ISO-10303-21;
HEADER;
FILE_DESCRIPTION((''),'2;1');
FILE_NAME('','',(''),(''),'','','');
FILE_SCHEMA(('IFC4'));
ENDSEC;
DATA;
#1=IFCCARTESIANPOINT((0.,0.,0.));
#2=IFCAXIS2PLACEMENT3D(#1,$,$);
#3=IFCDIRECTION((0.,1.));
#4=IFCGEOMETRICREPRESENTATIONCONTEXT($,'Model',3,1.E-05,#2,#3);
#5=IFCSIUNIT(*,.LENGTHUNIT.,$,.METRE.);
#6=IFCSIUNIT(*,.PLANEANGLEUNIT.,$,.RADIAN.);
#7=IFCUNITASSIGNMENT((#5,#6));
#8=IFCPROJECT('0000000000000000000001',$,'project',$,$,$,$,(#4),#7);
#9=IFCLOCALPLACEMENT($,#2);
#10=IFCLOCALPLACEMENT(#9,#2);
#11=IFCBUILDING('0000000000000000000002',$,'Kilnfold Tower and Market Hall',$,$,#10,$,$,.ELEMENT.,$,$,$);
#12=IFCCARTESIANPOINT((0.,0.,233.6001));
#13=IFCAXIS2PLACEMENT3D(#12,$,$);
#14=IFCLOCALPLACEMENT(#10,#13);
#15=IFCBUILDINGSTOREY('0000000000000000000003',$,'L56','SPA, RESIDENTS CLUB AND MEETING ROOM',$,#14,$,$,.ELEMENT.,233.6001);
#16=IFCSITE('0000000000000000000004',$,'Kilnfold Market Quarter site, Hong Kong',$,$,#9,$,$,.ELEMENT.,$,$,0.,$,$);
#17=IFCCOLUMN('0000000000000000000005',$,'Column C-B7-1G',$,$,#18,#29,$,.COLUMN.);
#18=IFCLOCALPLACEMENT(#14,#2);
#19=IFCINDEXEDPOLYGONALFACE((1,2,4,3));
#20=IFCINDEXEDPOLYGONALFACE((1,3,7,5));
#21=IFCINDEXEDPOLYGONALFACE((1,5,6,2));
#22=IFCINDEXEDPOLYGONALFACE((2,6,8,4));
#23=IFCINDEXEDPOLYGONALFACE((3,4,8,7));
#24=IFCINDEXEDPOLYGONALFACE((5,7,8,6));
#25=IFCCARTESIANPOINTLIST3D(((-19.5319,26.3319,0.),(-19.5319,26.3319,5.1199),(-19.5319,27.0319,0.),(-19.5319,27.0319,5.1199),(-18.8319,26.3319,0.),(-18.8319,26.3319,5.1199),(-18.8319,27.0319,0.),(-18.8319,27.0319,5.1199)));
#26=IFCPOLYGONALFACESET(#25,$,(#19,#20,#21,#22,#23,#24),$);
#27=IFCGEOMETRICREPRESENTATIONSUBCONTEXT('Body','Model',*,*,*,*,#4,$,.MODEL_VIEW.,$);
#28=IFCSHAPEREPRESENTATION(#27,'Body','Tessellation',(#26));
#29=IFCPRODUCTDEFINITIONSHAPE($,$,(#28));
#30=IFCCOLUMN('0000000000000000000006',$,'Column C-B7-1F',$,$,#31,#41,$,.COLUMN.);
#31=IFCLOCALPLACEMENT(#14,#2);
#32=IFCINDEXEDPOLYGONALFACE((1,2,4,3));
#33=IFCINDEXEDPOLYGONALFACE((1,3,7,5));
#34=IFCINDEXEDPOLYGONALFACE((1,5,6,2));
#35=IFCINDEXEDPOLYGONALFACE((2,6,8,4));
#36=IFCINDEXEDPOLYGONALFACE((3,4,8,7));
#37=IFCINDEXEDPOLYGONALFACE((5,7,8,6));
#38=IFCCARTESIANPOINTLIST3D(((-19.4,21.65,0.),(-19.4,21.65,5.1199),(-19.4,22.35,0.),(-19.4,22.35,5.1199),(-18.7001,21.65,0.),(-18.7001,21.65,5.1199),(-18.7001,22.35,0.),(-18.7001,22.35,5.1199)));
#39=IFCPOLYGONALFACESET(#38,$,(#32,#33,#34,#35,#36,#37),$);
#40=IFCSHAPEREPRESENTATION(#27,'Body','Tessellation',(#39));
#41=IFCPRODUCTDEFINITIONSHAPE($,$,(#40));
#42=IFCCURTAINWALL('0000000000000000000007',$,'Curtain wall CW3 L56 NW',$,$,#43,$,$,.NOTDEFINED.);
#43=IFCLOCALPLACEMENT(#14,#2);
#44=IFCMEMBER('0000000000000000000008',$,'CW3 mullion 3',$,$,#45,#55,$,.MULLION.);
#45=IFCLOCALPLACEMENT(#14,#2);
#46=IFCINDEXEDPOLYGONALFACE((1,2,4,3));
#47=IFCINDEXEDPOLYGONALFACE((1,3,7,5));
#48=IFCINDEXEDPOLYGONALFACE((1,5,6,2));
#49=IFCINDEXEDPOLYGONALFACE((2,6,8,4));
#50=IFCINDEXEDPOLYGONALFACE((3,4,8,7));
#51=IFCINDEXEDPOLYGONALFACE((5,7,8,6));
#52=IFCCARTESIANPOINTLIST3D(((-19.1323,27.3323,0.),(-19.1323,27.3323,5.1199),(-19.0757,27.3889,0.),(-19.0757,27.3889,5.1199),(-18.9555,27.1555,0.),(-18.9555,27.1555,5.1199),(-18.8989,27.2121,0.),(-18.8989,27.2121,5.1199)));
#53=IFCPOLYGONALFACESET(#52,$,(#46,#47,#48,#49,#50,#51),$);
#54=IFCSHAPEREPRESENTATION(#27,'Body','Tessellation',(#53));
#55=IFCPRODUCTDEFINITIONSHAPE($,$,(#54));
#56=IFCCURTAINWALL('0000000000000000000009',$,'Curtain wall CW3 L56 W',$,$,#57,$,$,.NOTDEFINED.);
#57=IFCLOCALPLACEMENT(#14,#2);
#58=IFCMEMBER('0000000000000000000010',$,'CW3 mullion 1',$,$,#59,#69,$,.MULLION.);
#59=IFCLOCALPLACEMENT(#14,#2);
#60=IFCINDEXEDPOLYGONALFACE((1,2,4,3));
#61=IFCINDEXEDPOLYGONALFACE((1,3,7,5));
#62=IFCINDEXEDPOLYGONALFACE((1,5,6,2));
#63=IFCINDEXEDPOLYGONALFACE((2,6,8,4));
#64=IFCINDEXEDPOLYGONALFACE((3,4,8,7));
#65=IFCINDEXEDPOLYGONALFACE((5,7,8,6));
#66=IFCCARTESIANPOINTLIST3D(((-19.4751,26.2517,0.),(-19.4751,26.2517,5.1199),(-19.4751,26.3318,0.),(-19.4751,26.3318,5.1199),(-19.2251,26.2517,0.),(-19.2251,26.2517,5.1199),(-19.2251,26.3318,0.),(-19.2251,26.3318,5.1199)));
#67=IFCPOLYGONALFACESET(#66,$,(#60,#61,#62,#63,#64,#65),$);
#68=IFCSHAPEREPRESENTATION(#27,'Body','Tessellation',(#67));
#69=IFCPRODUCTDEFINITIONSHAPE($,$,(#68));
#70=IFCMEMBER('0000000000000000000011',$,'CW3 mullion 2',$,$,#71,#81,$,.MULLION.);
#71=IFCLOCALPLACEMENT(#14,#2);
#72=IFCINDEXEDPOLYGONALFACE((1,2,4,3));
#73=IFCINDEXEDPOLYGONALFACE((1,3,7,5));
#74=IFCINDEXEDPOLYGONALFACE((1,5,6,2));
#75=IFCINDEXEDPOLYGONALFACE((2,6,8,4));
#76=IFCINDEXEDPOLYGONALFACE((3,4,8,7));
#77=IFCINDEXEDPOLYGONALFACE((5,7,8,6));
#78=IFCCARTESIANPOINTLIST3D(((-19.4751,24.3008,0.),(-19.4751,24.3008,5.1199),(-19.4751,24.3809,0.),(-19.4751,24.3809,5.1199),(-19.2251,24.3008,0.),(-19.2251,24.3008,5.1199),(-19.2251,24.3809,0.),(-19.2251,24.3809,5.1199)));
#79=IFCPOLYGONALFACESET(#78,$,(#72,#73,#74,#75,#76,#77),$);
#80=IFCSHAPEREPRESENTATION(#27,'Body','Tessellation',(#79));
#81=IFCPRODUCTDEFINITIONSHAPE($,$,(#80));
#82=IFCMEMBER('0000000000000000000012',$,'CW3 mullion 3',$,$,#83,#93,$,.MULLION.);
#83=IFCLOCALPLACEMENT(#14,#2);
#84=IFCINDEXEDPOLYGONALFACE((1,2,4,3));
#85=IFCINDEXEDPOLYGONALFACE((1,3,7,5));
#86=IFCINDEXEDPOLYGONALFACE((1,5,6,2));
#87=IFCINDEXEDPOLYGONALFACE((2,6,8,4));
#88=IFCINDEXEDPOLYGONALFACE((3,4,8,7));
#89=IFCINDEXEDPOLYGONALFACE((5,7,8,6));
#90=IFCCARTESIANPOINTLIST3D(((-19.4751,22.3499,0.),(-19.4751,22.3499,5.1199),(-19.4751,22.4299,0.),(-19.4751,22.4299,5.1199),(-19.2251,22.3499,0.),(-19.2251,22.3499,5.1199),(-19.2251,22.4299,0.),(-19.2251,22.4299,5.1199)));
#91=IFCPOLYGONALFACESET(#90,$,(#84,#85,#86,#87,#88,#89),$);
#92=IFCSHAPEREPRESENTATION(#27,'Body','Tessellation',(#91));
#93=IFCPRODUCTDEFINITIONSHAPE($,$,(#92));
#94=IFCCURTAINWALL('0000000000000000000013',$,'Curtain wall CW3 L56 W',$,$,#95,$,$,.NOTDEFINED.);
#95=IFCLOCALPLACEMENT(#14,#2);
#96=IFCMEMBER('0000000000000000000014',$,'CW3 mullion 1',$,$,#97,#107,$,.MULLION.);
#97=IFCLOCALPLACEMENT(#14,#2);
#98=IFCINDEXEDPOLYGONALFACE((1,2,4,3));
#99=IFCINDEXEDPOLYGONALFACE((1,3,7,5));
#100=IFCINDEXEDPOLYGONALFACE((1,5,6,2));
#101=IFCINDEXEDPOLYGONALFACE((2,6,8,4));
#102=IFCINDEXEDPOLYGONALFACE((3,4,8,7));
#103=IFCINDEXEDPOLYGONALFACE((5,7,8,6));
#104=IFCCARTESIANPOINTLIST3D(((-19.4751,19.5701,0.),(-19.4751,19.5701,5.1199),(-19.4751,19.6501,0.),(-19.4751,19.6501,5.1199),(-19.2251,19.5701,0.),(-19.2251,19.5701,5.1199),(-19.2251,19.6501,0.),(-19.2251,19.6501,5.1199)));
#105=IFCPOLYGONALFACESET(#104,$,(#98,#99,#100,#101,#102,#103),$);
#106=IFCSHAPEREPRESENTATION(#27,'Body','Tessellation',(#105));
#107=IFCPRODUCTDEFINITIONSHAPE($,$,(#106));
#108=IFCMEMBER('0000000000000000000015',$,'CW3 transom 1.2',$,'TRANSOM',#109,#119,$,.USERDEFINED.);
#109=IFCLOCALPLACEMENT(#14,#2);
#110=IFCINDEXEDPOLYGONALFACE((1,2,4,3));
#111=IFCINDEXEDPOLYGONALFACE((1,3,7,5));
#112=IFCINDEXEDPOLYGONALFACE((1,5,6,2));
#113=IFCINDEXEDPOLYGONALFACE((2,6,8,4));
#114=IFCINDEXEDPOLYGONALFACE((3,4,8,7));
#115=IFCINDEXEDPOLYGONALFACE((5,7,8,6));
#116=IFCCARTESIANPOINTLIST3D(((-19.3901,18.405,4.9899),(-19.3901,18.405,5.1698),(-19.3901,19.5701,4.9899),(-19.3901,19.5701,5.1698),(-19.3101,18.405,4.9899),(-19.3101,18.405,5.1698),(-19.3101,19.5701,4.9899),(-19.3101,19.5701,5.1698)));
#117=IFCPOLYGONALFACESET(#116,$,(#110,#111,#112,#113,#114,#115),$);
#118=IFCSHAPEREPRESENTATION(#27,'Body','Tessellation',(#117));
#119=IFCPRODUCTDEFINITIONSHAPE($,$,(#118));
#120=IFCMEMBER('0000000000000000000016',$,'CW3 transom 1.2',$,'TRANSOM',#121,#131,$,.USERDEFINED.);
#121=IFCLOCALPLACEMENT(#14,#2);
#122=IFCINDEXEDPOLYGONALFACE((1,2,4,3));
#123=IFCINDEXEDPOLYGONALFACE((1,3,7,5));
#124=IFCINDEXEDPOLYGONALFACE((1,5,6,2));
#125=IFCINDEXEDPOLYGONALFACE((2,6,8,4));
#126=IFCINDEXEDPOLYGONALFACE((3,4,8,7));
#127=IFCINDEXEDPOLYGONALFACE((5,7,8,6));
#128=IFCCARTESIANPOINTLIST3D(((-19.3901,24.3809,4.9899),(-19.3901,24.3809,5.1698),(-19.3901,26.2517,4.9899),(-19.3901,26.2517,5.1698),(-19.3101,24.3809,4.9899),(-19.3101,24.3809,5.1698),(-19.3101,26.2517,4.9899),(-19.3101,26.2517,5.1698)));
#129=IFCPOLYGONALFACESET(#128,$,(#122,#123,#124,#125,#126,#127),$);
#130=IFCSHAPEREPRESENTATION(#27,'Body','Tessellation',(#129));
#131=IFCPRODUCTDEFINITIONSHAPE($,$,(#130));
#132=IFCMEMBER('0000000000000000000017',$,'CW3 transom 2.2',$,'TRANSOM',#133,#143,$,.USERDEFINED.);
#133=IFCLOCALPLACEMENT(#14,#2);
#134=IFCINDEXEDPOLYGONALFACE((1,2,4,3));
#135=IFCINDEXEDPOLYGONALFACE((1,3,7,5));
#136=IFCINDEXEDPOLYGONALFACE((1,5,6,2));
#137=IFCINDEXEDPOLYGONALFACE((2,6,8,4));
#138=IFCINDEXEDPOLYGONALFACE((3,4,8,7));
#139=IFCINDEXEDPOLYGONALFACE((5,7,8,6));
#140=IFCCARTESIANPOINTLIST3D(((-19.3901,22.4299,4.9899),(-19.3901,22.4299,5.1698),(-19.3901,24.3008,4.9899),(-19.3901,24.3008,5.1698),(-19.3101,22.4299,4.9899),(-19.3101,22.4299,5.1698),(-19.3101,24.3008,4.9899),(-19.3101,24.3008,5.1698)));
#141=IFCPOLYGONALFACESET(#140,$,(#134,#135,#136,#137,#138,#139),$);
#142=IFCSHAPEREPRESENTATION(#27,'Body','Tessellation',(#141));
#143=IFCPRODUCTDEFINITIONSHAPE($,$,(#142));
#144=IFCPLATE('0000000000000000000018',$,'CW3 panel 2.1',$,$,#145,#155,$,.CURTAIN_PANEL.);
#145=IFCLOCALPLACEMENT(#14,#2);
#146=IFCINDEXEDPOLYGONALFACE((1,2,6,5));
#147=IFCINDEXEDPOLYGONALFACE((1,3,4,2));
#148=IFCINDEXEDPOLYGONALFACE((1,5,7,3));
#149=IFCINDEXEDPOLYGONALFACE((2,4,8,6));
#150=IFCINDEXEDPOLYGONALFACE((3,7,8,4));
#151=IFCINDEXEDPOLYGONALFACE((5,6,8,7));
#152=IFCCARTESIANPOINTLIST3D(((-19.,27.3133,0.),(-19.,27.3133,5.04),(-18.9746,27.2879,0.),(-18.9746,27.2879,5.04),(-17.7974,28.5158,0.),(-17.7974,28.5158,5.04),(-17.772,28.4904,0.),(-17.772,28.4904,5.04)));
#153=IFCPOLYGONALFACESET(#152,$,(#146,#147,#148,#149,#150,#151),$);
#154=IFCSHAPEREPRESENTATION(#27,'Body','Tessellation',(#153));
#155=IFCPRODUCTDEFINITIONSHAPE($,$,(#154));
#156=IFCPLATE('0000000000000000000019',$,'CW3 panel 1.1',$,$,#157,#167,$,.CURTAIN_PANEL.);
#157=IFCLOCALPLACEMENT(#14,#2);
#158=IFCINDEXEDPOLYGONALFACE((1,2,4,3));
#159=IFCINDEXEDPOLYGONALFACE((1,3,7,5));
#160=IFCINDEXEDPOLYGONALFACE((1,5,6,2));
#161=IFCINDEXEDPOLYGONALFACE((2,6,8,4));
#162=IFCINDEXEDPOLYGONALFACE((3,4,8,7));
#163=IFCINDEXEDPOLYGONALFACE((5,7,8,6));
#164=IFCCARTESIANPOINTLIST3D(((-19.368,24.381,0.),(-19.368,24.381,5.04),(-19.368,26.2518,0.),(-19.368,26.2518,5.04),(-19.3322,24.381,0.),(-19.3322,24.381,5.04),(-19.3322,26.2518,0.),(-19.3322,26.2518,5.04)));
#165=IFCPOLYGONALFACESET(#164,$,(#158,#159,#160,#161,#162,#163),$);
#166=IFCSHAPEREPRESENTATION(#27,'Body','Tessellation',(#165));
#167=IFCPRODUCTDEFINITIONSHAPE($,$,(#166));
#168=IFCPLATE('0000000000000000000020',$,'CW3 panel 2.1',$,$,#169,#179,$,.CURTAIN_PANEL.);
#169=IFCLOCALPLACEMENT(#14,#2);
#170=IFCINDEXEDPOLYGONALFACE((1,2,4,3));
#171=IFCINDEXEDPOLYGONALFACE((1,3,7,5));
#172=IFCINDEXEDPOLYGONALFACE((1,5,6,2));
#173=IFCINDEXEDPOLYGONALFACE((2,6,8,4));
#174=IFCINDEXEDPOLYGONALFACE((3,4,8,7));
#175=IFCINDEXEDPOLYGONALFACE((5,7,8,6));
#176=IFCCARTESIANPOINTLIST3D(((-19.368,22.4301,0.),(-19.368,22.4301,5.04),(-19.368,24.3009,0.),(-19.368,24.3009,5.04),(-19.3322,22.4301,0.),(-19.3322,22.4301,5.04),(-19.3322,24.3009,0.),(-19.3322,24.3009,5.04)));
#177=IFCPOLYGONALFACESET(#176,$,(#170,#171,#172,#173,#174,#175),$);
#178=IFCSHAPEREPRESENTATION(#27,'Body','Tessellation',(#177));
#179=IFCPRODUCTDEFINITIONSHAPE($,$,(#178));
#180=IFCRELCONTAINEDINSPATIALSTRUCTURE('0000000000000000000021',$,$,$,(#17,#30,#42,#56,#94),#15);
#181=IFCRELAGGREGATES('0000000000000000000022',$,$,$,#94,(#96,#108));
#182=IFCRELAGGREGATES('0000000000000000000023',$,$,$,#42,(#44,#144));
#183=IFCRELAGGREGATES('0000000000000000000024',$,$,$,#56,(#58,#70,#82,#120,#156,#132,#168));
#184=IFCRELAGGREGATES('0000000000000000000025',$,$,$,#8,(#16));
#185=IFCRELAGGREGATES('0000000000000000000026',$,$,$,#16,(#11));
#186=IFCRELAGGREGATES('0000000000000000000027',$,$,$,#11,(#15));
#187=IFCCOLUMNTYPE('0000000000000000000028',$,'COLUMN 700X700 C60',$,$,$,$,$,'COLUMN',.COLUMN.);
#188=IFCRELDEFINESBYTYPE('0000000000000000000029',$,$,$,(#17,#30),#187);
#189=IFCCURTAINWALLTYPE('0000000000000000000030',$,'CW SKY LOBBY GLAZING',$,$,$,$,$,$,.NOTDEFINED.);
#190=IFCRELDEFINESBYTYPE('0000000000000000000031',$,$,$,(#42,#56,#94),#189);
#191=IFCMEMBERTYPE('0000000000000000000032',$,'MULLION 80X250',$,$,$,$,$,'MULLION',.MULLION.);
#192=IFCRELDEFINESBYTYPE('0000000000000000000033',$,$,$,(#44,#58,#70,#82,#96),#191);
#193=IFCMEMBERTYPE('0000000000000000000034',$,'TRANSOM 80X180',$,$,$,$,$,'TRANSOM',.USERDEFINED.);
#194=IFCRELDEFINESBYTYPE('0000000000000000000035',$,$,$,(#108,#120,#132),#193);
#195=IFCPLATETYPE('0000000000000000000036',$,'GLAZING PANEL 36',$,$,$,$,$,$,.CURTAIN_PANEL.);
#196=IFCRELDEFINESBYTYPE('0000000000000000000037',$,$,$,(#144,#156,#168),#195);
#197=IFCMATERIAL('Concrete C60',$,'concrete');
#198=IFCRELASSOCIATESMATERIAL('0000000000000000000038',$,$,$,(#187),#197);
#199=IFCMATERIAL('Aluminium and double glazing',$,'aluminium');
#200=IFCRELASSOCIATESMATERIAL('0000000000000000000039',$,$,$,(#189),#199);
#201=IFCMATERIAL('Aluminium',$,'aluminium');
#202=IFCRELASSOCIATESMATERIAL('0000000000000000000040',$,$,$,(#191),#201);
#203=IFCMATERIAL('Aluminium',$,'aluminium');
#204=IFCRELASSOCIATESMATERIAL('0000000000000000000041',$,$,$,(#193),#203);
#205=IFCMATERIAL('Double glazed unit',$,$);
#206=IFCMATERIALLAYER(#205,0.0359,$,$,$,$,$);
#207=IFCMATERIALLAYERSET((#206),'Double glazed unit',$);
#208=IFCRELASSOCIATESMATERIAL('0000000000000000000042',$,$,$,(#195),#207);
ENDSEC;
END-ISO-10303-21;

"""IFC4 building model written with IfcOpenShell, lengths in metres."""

from ifc_helpers import new_model, si_unit, direction, frame, origin, origin_2d, place, context, subcontext, project, spatial, rectangle, extrude, source, transform, mapped, material, layer, layer_set, material_profile, profile_set, type_object, element, aggregate, save


model = new_model("IFC4")

# Units and contexts
model_context = context("Model", 3, precision=1e-05, world=origin(), true_north=direction((0.0, 1.0)))
body_context = subcontext(model_context, "Body", "Model", "MODEL_VIEW")
ifc_project = project(units=[si_unit("LENGTHUNIT", "METRE"), si_unit("PLANEANGLEUNIT", "RADIAN")], contexts=[model_context])

# Site, building, storey
site_placement = place(None, origin())
site = spatial("IfcSite", under=ifc_project, at=site_placement, Name="Kilnfold Market Quarter site, Hong Kong", CompositionType="ELEMENT", RefElevation=0.0)
building_placement = place(site_placement, origin())
building = spatial("IfcBuilding", under=site, at=building_placement, Name="Kilnfold Tower and Market Hall", CompositionType="ELEMENT")
storey_placement = place(building_placement, frame((0.0, 0.0, 233.6001)))
storey = spatial("IfcBuildingStorey", under=building, at=storey_placement, Name="L56", Description="SPA, RESIDENTS CLUB AND MEETING ROOM", CompositionType="ELEMENT", Elevation=233.6001)

# Columns
ifc_material_1 = material(Name="Concrete C60", Category="concrete")
ifc_material_profile_1 = material_profile(ifc_material_1, rectangle(XDim=0.7, YDim=0.7, at=origin_2d()), Name="RC 700x700")
ifc_profile_set_1 = profile_set([ifc_material_profile_1], Name="Concrete C60")
column_type = type_object("IfcColumnType", Name="COLUMN 700X700 C60", ElementType="COLUMN", PredefinedType="COLUMN", material=ifc_profile_set_1)
shared_shape_1 = source(origin(), body_context, "Body", "SweptSolid", [
    extrude(rectangle(XDim=0.7, YDim=0.7, at=origin_2d()), origin(), (0.0, 0.0, 1.0), 5.1199),
])
for number, where, z_axis, x_axis, name in (
    (1, (-19.1819, 26.6819, 0.0), (0.0, 0.0, 1.0), (1.0, 0.0, 0.0), "Column C-B7-1G"),
    (2, (-19.05, 22.0, 0.0), (0.0, 0.0, 1.0), (1.0, 0.0, 0.0), "Column C-B7-1F"),
):
    element("IfcColumn", number, at=place(storey_placement, frame(where, z_axis=z_axis, x_axis=x_axis)), inside=storey, type_object=column_type, Name=name, PredefinedType="COLUMN", context=body_context, shape_type="MappedRepresentation", body=[
        mapped(shared_shape_1, transform((0.0, 0.0, 0.0))),
    ])

# Curtain wall, member
ifc_material_2 = material(Name="Aluminium and double glazing", Category="aluminium")
curtain_wall_type = type_object("IfcCurtainWallType", Name="CW SKY LOBBY GLAZING", PredefinedType="NOTDEFINED", material=ifc_material_2)
curtain_wall_1_placement = place(storey_placement, origin())
curtain_wall_1 = element("IfcCurtainWall", 3, at=curtain_wall_1_placement, inside=storey, type_object=curtain_wall_type, Name="Curtain wall CW3 L56 NW", PredefinedType="NOTDEFINED")
ifc_material_3 = material(Name="Aluminium", Category="aluminium")
ifc_material_profile_2 = material_profile(ifc_material_3, rectangle(XDim=0.0801, YDim=0.25, at=origin_2d()), Name="MULLION 80x250")
ifc_profile_set_2 = profile_set([ifc_material_profile_2], Name="Aluminium")
member_type_1 = type_object("IfcMemberType", Name="MULLION 80X250", ElementType="MULLION", PredefinedType="MULLION", material=ifc_profile_set_2)
shared_shape_2 = source(origin(), body_context, "Body", "SweptSolid", [
    extrude(rectangle(XDim=0.0801, YDim=0.25, at=origin_2d()), origin(), (0.0, 0.0, 1.0), 5.1199),
])
member_1_placement = place(storey_placement, frame((-19.0156, 27.2722, 0.0), z_axis=(0.0, 0.0, 1.0), x_axis=(-0.707107, -0.707107, 0.0)))
member_1 = element("IfcMember", 4, at=member_1_placement, type_object=member_type_1, Name="CW3 mullion 3", PredefinedType="MULLION", context=body_context, shape_type="MappedRepresentation", body=[
    mapped(shared_shape_2, transform((0.0, 0.0, 0.0))),
])

# Curtain walls, members
curtain_wall_2_placement = place(storey_placement, origin())
curtain_wall_2 = element("IfcCurtainWall", 5, at=curtain_wall_2_placement, inside=storey, type_object=curtain_wall_type, Name="Curtain wall CW3 L56 W", PredefinedType="NOTDEFINED")
member_2_placement = place(storey_placement, frame((-19.3501, 26.2917, 0.0), z_axis=(0.0, 0.0, 1.0), x_axis=(0.0, -1.0, 0.0)))
member_2 = element("IfcMember", 6, at=member_2_placement, type_object=member_type_1, Name="CW3 mullion 1", PredefinedType="MULLION", context=body_context, shape_type="MappedRepresentation", body=[
    mapped(shared_shape_2, transform((0.0, 0.0, 0.0))),
])
member_3_placement = place(storey_placement, frame((-19.3501, 24.3408, 0.0), z_axis=(0.0, 0.0, 1.0), x_axis=(0.0, -1.0, 0.0)))
member_3 = element("IfcMember", 7, at=member_3_placement, type_object=member_type_1, Name="CW3 mullion 2", PredefinedType="MULLION", context=body_context, shape_type="MappedRepresentation", body=[
    mapped(shared_shape_2, transform((0.0, 0.0, 0.0))),
])
member_4_placement = place(storey_placement, frame((-19.3501, 22.3899, 0.0), z_axis=(0.0, 0.0, 1.0), x_axis=(0.0, -1.0, 0.0)))
member_4 = element("IfcMember", 8, at=member_4_placement, type_object=member_type_1, Name="CW3 mullion 3", PredefinedType="MULLION", context=body_context, shape_type="MappedRepresentation", body=[
    mapped(shared_shape_2, transform((0.0, 0.0, 0.0))),
])
curtain_wall_3_placement = place(storey_placement, origin())
curtain_wall_3 = element("IfcCurtainWall", 9, at=curtain_wall_3_placement, inside=storey, type_object=curtain_wall_type, Name="Curtain wall CW3 L56 W", PredefinedType="NOTDEFINED")
member_5_placement = place(storey_placement, frame((-19.3501, 19.6101, 0.0), z_axis=(0.0, 0.0, 1.0), x_axis=(0.0, -1.0, 0.0)))
member_5 = element("IfcMember", 10, at=member_5_placement, type_object=member_type_1, Name="CW3 mullion 1", PredefinedType="MULLION", context=body_context, shape_type="MappedRepresentation", body=[
    mapped(shared_shape_2, transform((0.0, 0.0, 0.0))),
])
ifc_material_4 = material(Name="Aluminium", Category="aluminium")
ifc_material_profile_3 = material_profile(ifc_material_4, rectangle(XDim=0.0801, YDim=0.1799, at=origin_2d()), Name="TRANSOM 80x180")
ifc_profile_set_3 = profile_set([ifc_material_profile_3], Name="Aluminium")
member_type_2 = type_object("IfcMemberType", Name="TRANSOM 80X180", ElementType="TRANSOM", PredefinedType="USERDEFINED", material=ifc_profile_set_3)
shared_shape_3 = source(origin(), body_context, "Body", "SweptSolid", [
    extrude(rectangle(XDim=0.0801, YDim=0.1799, at=origin_2d()), origin(), (0.0, 0.0, 1.0), 1.165),
])
member_6_placement = place(storey_placement, frame((-19.3501, 19.5701, 5.0798), z_axis=(0.0, -1.0, 0.0), x_axis=(1.0, 0.0, 0.0)))
member_6 = element("IfcMember", 11, at=member_6_placement, type_object=member_type_2, Name="CW3 transom 1.2", ObjectType="TRANSOM", PredefinedType="USERDEFINED", context=body_context, shape_type="MappedRepresentation", body=[
    mapped(shared_shape_3, transform((0.0, 0.0, 0.0))),
])
aggregate(curtain_wall_3, [member_5, member_6])

# Members
shared_shape_4 = source(origin(), body_context, "Body", "SweptSolid", [
    extrude(rectangle(XDim=0.0801, YDim=0.1799, at=origin_2d()), origin(), (0.0, 0.0, 1.0), 1.8708),
])
member_7_placement = place(storey_placement, frame((-19.3501, 26.2517, 5.0798), z_axis=(0.0, -1.0, 0.0), x_axis=(1.0, 0.0, 0.0)))
member_7 = element("IfcMember", 12, at=member_7_placement, type_object=member_type_2, Name="CW3 transom 1.2", ObjectType="TRANSOM", PredefinedType="USERDEFINED", context=body_context, shape_type="MappedRepresentation", body=[
    mapped(shared_shape_4, transform((0.0, 0.0, 0.0))),
])
member_8_placement = place(storey_placement, frame((-19.3501, 24.3008, 5.0798), z_axis=(0.0, -1.0, 0.0), x_axis=(1.0, 0.0, 0.0)))
member_8 = element("IfcMember", 13, at=member_8_placement, type_object=member_type_2, Name="CW3 transom 2.2", ObjectType="TRANSOM", PredefinedType="USERDEFINED", context=body_context, shape_type="MappedRepresentation", body=[
    mapped(shared_shape_4, transform((0.0, 0.0, 0.0))),
])

# Plates
ifc_material_5 = material(Name="Double glazed unit")
ifc_layer_1 = layer(ifc_material_5, 0.0359)
ifc_layer_set_1 = layer_set([ifc_layer_1], Name="Double glazed unit")
plate_type = type_object("IfcPlateType", Name="GLAZING PANEL 36", PredefinedType="CURTAIN_PANEL", material=ifc_layer_set_1)
shared_shape_5 = source(origin(), body_context, "Body", "SweptSolid", [
    extrude(rectangle(XDim=1.7007, YDim=0.0359, at=origin_2d()), origin(), (0.0, 0.0, 1.0), 5.04),
])
plate_1_placement = place(storey_placement, frame((-18.386, 27.9019, 0.0), z_axis=(0.0, 0.0, 1.0), x_axis=(-0.707107, -0.707107, 0.0)))
plate_1 = element("IfcPlate", 14, at=plate_1_placement, type_object=plate_type, Name="CW3 panel 2.1", PredefinedType="CURTAIN_PANEL", context=body_context, shape_type="MappedRepresentation", body=[
    mapped(shared_shape_5, transform((0.0, 0.0, 0.0))),
])
aggregate(curtain_wall_1, [member_1, plate_1])
shared_shape_6 = source(origin(), body_context, "Body", "SweptSolid", [
    extrude(rectangle(XDim=1.8708, YDim=0.0359, at=origin_2d()), origin(), (0.0, 0.0, 1.0), 5.04),
])
plate_2_placement = place(storey_placement, frame((-19.3501, 25.3164, 0.0), z_axis=(0.0, 0.0, 1.0), x_axis=(0.0, -1.0, 0.0)))
plate_2 = element("IfcPlate", 15, at=plate_2_placement, type_object=plate_type, Name="CW3 panel 1.1", PredefinedType="CURTAIN_PANEL", context=body_context, shape_type="MappedRepresentation", body=[
    mapped(shared_shape_6, transform((0.0, 0.0, 0.0))),
])
plate_3_placement = place(storey_placement, frame((-19.3501, 23.3655, 0.0), z_axis=(0.0, 0.0, 1.0), x_axis=(0.0, -1.0, 0.0)))
plate_3 = element("IfcPlate", 16, at=plate_3_placement, type_object=plate_type, Name="CW3 panel 2.1", PredefinedType="CURTAIN_PANEL", context=body_context, shape_type="MappedRepresentation", body=[
    mapped(shared_shape_6, transform((0.0, 0.0, 0.0))),
])
aggregate(curtain_wall_2, [member_2, member_3, member_4, member_7, plate_2, member_8, plate_3])

save(model, "model.ifc")
